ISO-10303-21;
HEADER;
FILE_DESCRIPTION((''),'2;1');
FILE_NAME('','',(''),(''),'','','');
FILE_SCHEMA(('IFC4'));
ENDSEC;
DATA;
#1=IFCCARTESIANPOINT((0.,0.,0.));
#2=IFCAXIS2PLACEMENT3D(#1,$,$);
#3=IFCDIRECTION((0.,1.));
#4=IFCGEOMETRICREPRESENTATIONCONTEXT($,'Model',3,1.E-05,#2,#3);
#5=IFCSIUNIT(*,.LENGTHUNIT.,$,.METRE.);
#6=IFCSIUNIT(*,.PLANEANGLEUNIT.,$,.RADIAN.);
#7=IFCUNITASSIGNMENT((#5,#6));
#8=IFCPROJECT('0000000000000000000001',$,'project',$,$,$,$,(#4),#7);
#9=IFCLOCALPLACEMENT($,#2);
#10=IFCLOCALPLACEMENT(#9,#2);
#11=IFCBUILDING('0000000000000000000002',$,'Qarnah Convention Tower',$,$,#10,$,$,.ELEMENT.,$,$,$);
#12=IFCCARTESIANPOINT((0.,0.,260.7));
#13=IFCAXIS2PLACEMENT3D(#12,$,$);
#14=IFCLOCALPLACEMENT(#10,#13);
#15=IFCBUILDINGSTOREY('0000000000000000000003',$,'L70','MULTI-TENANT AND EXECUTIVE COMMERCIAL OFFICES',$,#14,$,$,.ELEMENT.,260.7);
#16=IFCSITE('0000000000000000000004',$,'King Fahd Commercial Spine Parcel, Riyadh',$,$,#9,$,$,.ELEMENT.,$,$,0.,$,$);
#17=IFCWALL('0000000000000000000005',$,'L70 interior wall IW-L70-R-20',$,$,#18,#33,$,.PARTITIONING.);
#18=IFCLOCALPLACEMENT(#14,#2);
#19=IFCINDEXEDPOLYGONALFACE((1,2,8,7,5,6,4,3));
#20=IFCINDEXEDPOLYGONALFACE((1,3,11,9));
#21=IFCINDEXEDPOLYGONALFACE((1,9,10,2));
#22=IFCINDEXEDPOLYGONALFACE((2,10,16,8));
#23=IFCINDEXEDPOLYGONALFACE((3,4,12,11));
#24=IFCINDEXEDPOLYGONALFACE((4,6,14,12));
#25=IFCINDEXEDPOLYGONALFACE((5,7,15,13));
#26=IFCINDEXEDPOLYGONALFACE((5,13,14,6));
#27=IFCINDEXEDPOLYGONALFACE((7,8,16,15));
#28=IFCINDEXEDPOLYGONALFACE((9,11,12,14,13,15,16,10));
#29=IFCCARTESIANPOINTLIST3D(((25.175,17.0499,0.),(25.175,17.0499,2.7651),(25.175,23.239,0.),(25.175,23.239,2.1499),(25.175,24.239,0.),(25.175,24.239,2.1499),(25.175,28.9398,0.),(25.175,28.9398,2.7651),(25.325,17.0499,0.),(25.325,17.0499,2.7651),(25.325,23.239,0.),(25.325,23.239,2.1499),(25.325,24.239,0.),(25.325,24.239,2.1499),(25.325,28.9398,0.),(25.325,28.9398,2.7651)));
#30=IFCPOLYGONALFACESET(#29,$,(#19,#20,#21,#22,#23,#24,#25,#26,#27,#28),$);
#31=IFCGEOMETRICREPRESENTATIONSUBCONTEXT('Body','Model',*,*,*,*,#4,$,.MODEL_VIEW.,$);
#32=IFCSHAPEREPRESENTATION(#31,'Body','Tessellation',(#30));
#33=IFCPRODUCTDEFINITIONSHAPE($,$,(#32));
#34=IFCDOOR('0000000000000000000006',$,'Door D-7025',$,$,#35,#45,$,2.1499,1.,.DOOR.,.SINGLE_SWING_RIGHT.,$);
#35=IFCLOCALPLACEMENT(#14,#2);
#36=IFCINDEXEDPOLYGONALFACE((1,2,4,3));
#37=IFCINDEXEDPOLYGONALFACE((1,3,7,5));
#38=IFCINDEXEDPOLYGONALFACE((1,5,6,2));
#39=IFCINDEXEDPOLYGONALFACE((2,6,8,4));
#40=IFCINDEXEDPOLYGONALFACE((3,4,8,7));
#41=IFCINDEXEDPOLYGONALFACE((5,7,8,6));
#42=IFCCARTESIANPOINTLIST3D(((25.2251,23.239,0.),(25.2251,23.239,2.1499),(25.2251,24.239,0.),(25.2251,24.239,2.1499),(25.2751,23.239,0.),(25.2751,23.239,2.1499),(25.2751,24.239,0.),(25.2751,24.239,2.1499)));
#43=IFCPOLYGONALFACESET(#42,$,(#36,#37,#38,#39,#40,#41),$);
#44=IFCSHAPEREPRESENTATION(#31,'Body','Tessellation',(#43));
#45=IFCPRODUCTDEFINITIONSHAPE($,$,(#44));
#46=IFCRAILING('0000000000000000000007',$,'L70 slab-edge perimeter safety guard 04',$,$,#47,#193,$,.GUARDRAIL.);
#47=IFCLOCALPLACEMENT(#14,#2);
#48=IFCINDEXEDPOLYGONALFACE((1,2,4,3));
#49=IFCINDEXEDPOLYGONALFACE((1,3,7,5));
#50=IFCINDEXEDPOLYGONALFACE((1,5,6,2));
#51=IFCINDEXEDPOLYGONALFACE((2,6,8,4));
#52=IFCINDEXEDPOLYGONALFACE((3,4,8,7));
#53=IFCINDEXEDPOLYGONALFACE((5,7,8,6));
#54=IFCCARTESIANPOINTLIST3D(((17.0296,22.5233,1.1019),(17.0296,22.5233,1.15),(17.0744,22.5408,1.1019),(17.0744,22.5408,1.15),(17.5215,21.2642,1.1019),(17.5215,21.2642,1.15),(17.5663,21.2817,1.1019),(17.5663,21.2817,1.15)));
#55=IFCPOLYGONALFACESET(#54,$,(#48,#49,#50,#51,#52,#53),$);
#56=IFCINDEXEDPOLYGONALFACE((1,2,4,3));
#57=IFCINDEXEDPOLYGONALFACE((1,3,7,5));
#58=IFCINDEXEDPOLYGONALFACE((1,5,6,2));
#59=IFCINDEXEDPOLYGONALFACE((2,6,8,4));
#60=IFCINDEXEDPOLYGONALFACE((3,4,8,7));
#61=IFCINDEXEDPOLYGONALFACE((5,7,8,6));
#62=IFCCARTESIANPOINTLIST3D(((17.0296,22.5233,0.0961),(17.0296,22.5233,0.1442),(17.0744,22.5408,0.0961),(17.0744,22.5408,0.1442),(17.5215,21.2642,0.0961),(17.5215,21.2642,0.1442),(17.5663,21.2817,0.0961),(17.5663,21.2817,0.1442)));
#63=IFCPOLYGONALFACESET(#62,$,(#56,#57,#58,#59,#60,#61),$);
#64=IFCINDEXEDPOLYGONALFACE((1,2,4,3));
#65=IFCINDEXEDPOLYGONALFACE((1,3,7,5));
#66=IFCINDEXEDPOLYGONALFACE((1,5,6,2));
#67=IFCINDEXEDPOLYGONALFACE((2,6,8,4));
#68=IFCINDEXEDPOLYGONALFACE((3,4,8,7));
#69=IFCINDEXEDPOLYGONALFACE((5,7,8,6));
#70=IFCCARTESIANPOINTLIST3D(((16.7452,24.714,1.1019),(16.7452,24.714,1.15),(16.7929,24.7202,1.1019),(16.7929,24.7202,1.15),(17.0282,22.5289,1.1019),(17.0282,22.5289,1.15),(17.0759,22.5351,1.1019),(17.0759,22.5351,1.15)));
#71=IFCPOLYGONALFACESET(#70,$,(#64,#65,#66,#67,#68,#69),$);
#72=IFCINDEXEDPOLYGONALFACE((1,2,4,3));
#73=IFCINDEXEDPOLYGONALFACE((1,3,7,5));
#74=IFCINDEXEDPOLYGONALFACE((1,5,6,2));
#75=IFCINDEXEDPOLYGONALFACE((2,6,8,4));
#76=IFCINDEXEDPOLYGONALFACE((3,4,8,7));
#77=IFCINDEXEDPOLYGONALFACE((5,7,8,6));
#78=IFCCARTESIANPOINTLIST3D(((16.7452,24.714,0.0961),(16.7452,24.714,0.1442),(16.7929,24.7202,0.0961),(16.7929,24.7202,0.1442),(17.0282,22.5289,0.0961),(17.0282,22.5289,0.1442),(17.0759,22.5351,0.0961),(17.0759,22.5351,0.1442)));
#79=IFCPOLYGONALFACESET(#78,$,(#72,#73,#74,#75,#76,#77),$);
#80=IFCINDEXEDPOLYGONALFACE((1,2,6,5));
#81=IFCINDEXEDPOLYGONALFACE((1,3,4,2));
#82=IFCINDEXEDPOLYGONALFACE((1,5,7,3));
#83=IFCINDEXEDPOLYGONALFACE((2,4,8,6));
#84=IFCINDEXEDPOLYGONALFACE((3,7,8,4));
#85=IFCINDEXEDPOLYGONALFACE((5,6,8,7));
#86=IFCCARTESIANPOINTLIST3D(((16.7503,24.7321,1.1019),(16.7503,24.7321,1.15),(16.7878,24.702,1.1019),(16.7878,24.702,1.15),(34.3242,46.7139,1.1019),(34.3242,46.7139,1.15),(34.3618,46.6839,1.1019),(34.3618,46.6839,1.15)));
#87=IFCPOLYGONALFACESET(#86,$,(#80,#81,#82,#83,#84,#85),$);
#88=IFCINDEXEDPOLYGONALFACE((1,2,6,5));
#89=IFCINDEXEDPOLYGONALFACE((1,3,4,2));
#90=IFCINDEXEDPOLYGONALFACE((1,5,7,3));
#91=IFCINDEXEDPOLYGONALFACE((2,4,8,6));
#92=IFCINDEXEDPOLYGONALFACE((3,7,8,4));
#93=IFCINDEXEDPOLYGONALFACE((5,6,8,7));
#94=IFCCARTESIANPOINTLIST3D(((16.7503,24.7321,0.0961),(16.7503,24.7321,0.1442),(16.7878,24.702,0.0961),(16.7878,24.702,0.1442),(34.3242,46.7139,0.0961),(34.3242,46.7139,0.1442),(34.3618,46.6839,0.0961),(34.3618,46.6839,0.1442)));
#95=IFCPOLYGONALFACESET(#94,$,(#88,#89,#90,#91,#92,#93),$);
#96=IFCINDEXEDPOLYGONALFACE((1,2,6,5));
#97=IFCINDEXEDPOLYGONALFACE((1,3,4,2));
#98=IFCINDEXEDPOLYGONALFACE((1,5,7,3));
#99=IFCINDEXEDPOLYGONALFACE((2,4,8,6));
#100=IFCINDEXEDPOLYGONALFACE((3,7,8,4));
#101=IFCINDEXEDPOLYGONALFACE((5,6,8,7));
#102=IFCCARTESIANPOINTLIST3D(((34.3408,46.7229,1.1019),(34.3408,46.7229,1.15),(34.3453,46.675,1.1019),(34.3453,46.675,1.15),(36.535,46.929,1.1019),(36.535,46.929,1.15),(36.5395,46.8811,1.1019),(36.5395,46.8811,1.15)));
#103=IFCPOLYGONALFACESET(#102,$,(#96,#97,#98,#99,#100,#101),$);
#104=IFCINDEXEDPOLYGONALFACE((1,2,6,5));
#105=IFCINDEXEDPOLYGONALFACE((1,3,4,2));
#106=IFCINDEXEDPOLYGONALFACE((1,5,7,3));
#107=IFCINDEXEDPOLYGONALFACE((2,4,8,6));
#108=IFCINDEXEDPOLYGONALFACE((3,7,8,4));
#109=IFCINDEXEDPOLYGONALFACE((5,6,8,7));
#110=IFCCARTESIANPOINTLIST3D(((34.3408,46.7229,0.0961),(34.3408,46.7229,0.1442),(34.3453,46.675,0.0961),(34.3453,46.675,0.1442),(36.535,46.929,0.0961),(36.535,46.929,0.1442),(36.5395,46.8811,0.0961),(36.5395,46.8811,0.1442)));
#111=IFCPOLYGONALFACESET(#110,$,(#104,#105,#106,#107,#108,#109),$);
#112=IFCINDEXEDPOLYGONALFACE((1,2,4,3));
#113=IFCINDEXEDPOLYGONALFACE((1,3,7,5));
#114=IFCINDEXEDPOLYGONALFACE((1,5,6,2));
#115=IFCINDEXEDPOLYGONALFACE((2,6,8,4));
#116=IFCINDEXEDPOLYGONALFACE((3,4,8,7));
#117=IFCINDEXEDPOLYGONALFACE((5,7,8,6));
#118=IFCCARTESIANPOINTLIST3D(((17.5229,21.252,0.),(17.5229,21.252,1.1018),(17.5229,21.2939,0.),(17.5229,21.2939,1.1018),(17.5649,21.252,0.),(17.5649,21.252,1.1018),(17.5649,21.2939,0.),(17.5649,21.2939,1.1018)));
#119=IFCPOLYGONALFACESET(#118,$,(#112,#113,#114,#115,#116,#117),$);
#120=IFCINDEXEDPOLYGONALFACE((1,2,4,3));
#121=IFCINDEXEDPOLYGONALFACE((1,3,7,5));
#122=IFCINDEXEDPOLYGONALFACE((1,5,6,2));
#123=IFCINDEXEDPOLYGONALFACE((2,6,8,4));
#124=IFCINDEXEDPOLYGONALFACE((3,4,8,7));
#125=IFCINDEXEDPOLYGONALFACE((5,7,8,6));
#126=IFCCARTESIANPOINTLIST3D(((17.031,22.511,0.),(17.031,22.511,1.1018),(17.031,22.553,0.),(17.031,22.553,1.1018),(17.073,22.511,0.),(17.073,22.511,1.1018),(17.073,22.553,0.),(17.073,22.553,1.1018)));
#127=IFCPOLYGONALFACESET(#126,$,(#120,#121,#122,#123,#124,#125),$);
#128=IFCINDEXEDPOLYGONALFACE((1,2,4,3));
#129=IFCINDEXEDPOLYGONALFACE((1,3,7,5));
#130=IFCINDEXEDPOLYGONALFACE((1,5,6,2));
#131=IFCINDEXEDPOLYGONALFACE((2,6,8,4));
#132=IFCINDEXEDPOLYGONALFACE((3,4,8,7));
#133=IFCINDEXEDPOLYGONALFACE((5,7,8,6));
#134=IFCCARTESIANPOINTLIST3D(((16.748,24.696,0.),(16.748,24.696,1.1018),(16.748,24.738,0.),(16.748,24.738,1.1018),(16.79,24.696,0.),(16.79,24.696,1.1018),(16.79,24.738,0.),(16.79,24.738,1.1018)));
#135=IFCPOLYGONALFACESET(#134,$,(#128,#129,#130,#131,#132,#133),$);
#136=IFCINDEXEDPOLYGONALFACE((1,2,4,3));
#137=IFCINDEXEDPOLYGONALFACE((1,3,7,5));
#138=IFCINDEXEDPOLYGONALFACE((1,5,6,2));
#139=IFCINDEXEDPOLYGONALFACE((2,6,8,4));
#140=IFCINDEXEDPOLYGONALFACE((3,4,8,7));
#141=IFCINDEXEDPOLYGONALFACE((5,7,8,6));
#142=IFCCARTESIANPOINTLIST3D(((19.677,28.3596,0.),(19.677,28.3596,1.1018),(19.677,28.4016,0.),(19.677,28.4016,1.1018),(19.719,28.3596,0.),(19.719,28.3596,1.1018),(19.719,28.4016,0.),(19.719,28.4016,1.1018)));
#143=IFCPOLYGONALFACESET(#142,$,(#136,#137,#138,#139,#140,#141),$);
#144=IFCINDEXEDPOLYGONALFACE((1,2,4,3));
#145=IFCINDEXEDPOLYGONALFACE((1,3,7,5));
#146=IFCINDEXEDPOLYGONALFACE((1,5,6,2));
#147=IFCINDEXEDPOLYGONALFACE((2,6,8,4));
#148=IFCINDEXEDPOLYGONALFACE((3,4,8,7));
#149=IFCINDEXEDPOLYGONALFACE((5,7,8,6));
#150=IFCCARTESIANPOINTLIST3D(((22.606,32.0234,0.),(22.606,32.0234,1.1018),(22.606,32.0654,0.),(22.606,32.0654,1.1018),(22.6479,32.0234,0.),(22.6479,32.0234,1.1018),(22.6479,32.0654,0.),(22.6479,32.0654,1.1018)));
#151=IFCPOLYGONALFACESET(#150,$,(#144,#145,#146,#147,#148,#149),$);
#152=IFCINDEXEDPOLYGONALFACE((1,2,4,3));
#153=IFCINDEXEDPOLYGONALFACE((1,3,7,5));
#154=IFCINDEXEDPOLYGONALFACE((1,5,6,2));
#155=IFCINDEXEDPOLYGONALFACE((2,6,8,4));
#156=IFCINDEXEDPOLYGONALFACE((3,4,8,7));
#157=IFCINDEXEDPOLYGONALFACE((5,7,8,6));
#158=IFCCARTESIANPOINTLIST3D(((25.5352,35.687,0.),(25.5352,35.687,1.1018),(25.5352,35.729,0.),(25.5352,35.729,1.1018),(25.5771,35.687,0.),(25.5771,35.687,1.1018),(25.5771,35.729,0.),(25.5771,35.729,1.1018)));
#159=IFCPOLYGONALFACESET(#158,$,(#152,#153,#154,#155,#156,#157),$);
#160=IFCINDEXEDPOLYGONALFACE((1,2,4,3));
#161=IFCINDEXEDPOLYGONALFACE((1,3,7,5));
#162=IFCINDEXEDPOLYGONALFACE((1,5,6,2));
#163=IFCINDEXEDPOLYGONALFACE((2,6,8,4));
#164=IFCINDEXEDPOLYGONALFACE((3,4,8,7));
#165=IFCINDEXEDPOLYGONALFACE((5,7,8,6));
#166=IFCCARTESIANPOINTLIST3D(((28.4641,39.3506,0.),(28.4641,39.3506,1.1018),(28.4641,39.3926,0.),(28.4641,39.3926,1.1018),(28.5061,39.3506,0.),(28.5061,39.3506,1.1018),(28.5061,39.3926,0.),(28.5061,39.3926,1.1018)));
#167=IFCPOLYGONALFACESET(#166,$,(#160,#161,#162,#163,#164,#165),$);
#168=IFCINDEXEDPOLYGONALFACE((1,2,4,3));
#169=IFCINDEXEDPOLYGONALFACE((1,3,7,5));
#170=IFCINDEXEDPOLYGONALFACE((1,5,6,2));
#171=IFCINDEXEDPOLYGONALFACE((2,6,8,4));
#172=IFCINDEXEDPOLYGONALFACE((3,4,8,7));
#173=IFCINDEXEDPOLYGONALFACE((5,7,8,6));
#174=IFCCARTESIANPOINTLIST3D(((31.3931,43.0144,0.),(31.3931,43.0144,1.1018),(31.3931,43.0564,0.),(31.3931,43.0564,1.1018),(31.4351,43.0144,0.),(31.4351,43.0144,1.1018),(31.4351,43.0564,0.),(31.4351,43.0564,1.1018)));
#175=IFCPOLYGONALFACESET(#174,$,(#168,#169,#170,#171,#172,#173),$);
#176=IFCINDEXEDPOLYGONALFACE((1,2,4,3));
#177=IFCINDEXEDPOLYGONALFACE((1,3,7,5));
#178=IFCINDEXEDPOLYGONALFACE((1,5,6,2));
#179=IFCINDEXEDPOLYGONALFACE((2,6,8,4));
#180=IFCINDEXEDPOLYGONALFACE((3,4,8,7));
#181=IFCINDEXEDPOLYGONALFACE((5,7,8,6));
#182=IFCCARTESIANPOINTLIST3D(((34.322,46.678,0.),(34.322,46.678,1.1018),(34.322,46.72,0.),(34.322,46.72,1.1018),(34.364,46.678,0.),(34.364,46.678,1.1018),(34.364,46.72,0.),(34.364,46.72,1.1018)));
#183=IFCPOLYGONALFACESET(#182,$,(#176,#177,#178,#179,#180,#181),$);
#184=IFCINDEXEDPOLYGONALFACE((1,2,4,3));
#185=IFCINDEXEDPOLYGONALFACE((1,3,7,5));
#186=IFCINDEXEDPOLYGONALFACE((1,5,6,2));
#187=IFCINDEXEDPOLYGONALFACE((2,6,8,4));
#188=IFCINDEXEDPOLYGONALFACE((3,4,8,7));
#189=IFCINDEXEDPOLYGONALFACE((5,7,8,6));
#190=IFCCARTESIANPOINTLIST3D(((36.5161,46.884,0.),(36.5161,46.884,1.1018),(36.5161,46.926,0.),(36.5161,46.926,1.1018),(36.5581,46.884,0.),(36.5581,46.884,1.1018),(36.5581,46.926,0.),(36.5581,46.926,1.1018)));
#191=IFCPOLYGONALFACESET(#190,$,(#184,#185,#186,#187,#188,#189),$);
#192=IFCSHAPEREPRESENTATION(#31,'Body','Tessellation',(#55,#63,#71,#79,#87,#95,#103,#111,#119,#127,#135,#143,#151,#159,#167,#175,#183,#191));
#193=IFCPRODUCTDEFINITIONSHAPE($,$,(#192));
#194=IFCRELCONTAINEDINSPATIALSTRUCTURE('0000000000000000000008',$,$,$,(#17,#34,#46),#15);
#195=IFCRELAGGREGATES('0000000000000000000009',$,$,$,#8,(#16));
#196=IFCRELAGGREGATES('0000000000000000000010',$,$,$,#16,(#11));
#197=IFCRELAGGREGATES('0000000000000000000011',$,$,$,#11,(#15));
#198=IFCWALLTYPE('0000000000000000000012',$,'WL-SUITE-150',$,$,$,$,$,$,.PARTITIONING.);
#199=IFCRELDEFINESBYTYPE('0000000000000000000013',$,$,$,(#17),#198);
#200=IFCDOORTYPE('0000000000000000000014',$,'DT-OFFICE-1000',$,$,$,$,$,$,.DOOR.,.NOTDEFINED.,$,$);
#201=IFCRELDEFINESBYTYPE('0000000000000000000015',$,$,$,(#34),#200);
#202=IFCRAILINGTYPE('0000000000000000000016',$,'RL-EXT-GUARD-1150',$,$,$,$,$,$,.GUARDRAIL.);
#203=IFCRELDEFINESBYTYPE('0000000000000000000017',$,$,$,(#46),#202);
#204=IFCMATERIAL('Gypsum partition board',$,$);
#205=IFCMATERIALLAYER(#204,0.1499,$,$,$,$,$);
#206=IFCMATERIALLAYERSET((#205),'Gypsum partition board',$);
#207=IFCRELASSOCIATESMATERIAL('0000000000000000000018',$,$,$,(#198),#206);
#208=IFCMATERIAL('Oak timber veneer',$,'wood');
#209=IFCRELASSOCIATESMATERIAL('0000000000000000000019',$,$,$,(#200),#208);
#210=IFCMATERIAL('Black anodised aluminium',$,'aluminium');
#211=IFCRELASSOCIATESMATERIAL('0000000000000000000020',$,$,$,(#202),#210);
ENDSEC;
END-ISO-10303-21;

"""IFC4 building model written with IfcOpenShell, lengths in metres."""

from ifc_helpers import new_model, si_unit, direction, frame, frame_2d, origin, origin_2d, place, context, subcontext, project, spatial, rectangle, extrude, material, layer, layer_set, type_object, element, fill, save


model = new_model("IFC4")

# Units and contexts
model_context = context("Model", 3, precision=1e-05, world=origin(), true_north=direction((0.0, 1.0)))
body_context = subcontext(model_context, "Body", "Model", "MODEL_VIEW")
ifc_project = project(units=[si_unit("LENGTHUNIT", "METRE"), si_unit("PLANEANGLEUNIT", "RADIAN")], contexts=[model_context])

# Site, building, storey
site_placement = place(None, origin())
site = spatial("IfcSite", under=ifc_project, at=site_placement, Name="King Fahd Commercial Spine Parcel, Riyadh", CompositionType="ELEMENT", RefElevation=0.0)
building_placement = place(site_placement, origin())
building = spatial("IfcBuilding", under=site, at=building_placement, Name="Qarnah Convention Tower", CompositionType="ELEMENT")
storey_placement = place(building_placement, frame((0.0, 0.0, 260.7)))
storey = spatial("IfcBuildingStorey", under=building, at=storey_placement, Name="L70", Description="MULTI-TENANT AND EXECUTIVE COMMERCIAL OFFICES", CompositionType="ELEMENT", Elevation=260.7)

# Shared definitions
ifc_material_1 = material(Name="Black anodised aluminium", Category="aluminium")

# Shared definitions
ifc_material_2 = material(Name="Gypsum partition board")
ifc_layer_1 = layer(ifc_material_2, 0.1499)
ifc_layer_set_1 = layer_set([ifc_layer_1], Name="Gypsum partition board")
wall_type_1 = type_object("IfcWallType", Name="WL-SUITE-150", PredefinedType="PARTITIONING", material=ifc_layer_set_1)

# Wall, opening, door
wall_1_placement = place(storey_placement, frame((25.25, 17.05, 0.0), z_axis=(0.0, 0.0, 1.0), x_axis=(0.0, 1.0, 0.0)))
wall_1 = element("IfcWall", 1, at=wall_1_placement, inside=storey, type_object=wall_type_1, Name="L70 interior wall IW-L70-R-20", PredefinedType="PARTITIONING", context=body_context, shape_type="SweptSolid", body=[
    extrude(rectangle(XDim=11.8899, YDim=0.1499, at=frame_2d((5.9448, 0.0))), origin(), (0.0, 0.0, 1.0), 2.7651),
])
opening_1_placement = place(wall_1_placement, frame((6.189, 0.0, 0.0)))
opening_1 = element("IfcOpeningElement", 2, at=opening_1_placement, cuts=wall_1, PredefinedType="OPENING", context=body_context, shape_type="SweptSolid", body=[
    extrude(rectangle(XDim=1.0, YDim=2.1499, at=frame_2d((0.5, 1.075))), frame((0.0, 0.085, 0.0), z_axis=(0.0, -1.0, 0.0), x_axis=(1.0, 0.0, 0.0)), (0.0, 0.0, 1.0), 0.1699),
])
ifc_material_3 = material(Name="Oak timber veneer", Category="wood")
door_type_1 = type_object("IfcDoorType", Name="DT-OFFICE-1000", OperationType="NOTDEFINED", PredefinedType="DOOR", material=ifc_material_3)
door_1_placement = place(opening_1_placement, origin())
door_1 = element("IfcDoor", 3, at=door_1_placement, inside=storey, type_object=door_type_1, Name="Door D-7025", OperationType="SINGLE_SWING_RIGHT", OverallHeight=2.1499, OverallWidth=1.0, PredefinedType="DOOR", context=body_context, shape_type="SweptSolid", body=[
    extrude(rectangle(XDim=1.0, YDim=2.1499, at=frame_2d((0.5, 1.075))), frame((0.0, 0.0249, 0.0), z_axis=(0.0, -1.0, 0.0), x_axis=(1.0, 0.0, 0.0)), (0.0, 0.0, 1.0), 0.05),
])
fill(opening_1, door_1)

# Railing
railing_type = type_object("IfcRailingType", Name="RL-EXT-GUARD-1150", PredefinedType="GUARDRAIL", material=ifc_material_1)
railing_1_placement = place(storey_placement, frame((17.5439, 21.2729, 0.0)))
element("IfcRailing", 4, at=railing_1_placement, inside=storey, type_object=railing_type, Name="L70 slab-edge perimeter safety guard 04", PredefinedType="GUARDRAIL", context=body_context, shape_type="SweptSolid", body=[
    extrude(rectangle(XDim=0.0481, YDim=0.0481, at=origin_2d()), frame((0.0, 0.0, 1.126), z_axis=(-0.363936, 0.931424, 0.0), x_axis=(-0.931424, -0.363936, 0.0)), (0.0, 0.0, 1.0), 1.3518),
    extrude(rectangle(XDim=0.0481, YDim=0.0481, at=origin_2d()), frame((0.0, 0.0, 0.1201), z_axis=(-0.363936, 0.931424, 0.0), x_axis=(-0.931424, -0.363936, 0.0)), (0.0, 0.0, 1.0), 1.3518),
    extrude(rectangle(XDim=0.0481, YDim=0.0481, at=origin_2d()), frame((-0.4919, 1.259, 1.126), z_axis=(-0.128425, 0.991719, 0.0), x_axis=(-0.991719, -0.128425, 0.0)), (0.0, 0.0, 1.0), 2.2034),
    extrude(rectangle(XDim=0.0481, YDim=0.0481, at=origin_2d()), frame((-0.4919, 1.259, 0.1201), z_axis=(-0.128425, 0.991719, 0.0), x_axis=(-0.991719, -0.128425, 0.0)), (0.0, 0.0, 1.0), 2.2034),
    extrude(rectangle(XDim=0.0481, YDim=0.0481, at=origin_2d()), frame((-0.7749, 3.4441, 1.126), z_axis=(0.624444, 0.781069, 0.0), x_axis=(-0.781069, 0.624444, 0.0)), (0.0, 0.0, 1.0), 28.1433),
    extrude(rectangle(XDim=0.0481, YDim=0.0481, at=origin_2d()), frame((-0.7749, 3.4441, 0.1201), z_axis=(0.624444, 0.781069, 0.0), x_axis=(-0.781069, 0.624444, 0.0)), (0.0, 0.0, 1.0), 28.1433),
    extrude(rectangle(XDim=0.0481, YDim=0.0481, at=origin_2d()), frame((16.7991, 25.426, 1.126), z_axis=(0.995619, 0.093502, 0.0), x_axis=(-0.093502, 0.995619, 0.0)), (0.0, 0.0, 1.0), 2.2039),
    extrude(rectangle(XDim=0.0481, YDim=0.0481, at=origin_2d()), frame((16.7991, 25.426, 0.1201), z_axis=(0.995619, 0.093502, 0.0), x_axis=(-0.093502, 0.995619, 0.0)), (0.0, 0.0, 1.0), 2.2039),
    extrude(rectangle(XDim=0.042, YDim=0.042, at=origin_2d()), origin(), (0.0, 0.0, 1.0), 1.1018),
    extrude(rectangle(XDim=0.042, YDim=0.042, at=origin_2d()), frame((-0.4919, 1.259, 0.0)), (0.0, 0.0, 1.0), 1.1018),
    extrude(rectangle(XDim=0.042, YDim=0.042, at=origin_2d()), frame((-0.7749, 3.4441, 0.0)), (0.0, 0.0, 1.0), 1.1018),
    extrude(rectangle(XDim=0.042, YDim=0.042, at=origin_2d()), frame((2.1541, 7.1077, 0.0)), (0.0, 0.0, 1.0), 1.1018),
    extrude(rectangle(XDim=0.042, YDim=0.042, at=origin_2d()), frame((5.083, 10.7715, 0.0)), (0.0, 0.0, 1.0), 1.1018),
    extrude(rectangle(XDim=0.042, YDim=0.042, at=origin_2d()), frame((8.0122, 14.4351, 0.0)), (0.0, 0.0, 1.0), 1.1018),
    extrude(rectangle(XDim=0.042, YDim=0.042, at=origin_2d()), frame((10.9412, 18.0986, 0.0)), (0.0, 0.0, 1.0), 1.1018),
    extrude(rectangle(XDim=0.042, YDim=0.042, at=origin_2d()), frame((13.8701, 21.7625, 0.0)), (0.0, 0.0, 1.0), 1.1018),
    extrude(rectangle(XDim=0.042, YDim=0.042, at=origin_2d()), frame((16.7991, 25.426, 0.0)), (0.0, 0.0, 1.0), 1.1018),
    extrude(rectangle(XDim=0.042, YDim=0.042, at=origin_2d()), frame((18.9932, 25.6321, 0.0)), (0.0, 0.0, 1.0), 1.1018),
])

save(model, "model.ifc")
